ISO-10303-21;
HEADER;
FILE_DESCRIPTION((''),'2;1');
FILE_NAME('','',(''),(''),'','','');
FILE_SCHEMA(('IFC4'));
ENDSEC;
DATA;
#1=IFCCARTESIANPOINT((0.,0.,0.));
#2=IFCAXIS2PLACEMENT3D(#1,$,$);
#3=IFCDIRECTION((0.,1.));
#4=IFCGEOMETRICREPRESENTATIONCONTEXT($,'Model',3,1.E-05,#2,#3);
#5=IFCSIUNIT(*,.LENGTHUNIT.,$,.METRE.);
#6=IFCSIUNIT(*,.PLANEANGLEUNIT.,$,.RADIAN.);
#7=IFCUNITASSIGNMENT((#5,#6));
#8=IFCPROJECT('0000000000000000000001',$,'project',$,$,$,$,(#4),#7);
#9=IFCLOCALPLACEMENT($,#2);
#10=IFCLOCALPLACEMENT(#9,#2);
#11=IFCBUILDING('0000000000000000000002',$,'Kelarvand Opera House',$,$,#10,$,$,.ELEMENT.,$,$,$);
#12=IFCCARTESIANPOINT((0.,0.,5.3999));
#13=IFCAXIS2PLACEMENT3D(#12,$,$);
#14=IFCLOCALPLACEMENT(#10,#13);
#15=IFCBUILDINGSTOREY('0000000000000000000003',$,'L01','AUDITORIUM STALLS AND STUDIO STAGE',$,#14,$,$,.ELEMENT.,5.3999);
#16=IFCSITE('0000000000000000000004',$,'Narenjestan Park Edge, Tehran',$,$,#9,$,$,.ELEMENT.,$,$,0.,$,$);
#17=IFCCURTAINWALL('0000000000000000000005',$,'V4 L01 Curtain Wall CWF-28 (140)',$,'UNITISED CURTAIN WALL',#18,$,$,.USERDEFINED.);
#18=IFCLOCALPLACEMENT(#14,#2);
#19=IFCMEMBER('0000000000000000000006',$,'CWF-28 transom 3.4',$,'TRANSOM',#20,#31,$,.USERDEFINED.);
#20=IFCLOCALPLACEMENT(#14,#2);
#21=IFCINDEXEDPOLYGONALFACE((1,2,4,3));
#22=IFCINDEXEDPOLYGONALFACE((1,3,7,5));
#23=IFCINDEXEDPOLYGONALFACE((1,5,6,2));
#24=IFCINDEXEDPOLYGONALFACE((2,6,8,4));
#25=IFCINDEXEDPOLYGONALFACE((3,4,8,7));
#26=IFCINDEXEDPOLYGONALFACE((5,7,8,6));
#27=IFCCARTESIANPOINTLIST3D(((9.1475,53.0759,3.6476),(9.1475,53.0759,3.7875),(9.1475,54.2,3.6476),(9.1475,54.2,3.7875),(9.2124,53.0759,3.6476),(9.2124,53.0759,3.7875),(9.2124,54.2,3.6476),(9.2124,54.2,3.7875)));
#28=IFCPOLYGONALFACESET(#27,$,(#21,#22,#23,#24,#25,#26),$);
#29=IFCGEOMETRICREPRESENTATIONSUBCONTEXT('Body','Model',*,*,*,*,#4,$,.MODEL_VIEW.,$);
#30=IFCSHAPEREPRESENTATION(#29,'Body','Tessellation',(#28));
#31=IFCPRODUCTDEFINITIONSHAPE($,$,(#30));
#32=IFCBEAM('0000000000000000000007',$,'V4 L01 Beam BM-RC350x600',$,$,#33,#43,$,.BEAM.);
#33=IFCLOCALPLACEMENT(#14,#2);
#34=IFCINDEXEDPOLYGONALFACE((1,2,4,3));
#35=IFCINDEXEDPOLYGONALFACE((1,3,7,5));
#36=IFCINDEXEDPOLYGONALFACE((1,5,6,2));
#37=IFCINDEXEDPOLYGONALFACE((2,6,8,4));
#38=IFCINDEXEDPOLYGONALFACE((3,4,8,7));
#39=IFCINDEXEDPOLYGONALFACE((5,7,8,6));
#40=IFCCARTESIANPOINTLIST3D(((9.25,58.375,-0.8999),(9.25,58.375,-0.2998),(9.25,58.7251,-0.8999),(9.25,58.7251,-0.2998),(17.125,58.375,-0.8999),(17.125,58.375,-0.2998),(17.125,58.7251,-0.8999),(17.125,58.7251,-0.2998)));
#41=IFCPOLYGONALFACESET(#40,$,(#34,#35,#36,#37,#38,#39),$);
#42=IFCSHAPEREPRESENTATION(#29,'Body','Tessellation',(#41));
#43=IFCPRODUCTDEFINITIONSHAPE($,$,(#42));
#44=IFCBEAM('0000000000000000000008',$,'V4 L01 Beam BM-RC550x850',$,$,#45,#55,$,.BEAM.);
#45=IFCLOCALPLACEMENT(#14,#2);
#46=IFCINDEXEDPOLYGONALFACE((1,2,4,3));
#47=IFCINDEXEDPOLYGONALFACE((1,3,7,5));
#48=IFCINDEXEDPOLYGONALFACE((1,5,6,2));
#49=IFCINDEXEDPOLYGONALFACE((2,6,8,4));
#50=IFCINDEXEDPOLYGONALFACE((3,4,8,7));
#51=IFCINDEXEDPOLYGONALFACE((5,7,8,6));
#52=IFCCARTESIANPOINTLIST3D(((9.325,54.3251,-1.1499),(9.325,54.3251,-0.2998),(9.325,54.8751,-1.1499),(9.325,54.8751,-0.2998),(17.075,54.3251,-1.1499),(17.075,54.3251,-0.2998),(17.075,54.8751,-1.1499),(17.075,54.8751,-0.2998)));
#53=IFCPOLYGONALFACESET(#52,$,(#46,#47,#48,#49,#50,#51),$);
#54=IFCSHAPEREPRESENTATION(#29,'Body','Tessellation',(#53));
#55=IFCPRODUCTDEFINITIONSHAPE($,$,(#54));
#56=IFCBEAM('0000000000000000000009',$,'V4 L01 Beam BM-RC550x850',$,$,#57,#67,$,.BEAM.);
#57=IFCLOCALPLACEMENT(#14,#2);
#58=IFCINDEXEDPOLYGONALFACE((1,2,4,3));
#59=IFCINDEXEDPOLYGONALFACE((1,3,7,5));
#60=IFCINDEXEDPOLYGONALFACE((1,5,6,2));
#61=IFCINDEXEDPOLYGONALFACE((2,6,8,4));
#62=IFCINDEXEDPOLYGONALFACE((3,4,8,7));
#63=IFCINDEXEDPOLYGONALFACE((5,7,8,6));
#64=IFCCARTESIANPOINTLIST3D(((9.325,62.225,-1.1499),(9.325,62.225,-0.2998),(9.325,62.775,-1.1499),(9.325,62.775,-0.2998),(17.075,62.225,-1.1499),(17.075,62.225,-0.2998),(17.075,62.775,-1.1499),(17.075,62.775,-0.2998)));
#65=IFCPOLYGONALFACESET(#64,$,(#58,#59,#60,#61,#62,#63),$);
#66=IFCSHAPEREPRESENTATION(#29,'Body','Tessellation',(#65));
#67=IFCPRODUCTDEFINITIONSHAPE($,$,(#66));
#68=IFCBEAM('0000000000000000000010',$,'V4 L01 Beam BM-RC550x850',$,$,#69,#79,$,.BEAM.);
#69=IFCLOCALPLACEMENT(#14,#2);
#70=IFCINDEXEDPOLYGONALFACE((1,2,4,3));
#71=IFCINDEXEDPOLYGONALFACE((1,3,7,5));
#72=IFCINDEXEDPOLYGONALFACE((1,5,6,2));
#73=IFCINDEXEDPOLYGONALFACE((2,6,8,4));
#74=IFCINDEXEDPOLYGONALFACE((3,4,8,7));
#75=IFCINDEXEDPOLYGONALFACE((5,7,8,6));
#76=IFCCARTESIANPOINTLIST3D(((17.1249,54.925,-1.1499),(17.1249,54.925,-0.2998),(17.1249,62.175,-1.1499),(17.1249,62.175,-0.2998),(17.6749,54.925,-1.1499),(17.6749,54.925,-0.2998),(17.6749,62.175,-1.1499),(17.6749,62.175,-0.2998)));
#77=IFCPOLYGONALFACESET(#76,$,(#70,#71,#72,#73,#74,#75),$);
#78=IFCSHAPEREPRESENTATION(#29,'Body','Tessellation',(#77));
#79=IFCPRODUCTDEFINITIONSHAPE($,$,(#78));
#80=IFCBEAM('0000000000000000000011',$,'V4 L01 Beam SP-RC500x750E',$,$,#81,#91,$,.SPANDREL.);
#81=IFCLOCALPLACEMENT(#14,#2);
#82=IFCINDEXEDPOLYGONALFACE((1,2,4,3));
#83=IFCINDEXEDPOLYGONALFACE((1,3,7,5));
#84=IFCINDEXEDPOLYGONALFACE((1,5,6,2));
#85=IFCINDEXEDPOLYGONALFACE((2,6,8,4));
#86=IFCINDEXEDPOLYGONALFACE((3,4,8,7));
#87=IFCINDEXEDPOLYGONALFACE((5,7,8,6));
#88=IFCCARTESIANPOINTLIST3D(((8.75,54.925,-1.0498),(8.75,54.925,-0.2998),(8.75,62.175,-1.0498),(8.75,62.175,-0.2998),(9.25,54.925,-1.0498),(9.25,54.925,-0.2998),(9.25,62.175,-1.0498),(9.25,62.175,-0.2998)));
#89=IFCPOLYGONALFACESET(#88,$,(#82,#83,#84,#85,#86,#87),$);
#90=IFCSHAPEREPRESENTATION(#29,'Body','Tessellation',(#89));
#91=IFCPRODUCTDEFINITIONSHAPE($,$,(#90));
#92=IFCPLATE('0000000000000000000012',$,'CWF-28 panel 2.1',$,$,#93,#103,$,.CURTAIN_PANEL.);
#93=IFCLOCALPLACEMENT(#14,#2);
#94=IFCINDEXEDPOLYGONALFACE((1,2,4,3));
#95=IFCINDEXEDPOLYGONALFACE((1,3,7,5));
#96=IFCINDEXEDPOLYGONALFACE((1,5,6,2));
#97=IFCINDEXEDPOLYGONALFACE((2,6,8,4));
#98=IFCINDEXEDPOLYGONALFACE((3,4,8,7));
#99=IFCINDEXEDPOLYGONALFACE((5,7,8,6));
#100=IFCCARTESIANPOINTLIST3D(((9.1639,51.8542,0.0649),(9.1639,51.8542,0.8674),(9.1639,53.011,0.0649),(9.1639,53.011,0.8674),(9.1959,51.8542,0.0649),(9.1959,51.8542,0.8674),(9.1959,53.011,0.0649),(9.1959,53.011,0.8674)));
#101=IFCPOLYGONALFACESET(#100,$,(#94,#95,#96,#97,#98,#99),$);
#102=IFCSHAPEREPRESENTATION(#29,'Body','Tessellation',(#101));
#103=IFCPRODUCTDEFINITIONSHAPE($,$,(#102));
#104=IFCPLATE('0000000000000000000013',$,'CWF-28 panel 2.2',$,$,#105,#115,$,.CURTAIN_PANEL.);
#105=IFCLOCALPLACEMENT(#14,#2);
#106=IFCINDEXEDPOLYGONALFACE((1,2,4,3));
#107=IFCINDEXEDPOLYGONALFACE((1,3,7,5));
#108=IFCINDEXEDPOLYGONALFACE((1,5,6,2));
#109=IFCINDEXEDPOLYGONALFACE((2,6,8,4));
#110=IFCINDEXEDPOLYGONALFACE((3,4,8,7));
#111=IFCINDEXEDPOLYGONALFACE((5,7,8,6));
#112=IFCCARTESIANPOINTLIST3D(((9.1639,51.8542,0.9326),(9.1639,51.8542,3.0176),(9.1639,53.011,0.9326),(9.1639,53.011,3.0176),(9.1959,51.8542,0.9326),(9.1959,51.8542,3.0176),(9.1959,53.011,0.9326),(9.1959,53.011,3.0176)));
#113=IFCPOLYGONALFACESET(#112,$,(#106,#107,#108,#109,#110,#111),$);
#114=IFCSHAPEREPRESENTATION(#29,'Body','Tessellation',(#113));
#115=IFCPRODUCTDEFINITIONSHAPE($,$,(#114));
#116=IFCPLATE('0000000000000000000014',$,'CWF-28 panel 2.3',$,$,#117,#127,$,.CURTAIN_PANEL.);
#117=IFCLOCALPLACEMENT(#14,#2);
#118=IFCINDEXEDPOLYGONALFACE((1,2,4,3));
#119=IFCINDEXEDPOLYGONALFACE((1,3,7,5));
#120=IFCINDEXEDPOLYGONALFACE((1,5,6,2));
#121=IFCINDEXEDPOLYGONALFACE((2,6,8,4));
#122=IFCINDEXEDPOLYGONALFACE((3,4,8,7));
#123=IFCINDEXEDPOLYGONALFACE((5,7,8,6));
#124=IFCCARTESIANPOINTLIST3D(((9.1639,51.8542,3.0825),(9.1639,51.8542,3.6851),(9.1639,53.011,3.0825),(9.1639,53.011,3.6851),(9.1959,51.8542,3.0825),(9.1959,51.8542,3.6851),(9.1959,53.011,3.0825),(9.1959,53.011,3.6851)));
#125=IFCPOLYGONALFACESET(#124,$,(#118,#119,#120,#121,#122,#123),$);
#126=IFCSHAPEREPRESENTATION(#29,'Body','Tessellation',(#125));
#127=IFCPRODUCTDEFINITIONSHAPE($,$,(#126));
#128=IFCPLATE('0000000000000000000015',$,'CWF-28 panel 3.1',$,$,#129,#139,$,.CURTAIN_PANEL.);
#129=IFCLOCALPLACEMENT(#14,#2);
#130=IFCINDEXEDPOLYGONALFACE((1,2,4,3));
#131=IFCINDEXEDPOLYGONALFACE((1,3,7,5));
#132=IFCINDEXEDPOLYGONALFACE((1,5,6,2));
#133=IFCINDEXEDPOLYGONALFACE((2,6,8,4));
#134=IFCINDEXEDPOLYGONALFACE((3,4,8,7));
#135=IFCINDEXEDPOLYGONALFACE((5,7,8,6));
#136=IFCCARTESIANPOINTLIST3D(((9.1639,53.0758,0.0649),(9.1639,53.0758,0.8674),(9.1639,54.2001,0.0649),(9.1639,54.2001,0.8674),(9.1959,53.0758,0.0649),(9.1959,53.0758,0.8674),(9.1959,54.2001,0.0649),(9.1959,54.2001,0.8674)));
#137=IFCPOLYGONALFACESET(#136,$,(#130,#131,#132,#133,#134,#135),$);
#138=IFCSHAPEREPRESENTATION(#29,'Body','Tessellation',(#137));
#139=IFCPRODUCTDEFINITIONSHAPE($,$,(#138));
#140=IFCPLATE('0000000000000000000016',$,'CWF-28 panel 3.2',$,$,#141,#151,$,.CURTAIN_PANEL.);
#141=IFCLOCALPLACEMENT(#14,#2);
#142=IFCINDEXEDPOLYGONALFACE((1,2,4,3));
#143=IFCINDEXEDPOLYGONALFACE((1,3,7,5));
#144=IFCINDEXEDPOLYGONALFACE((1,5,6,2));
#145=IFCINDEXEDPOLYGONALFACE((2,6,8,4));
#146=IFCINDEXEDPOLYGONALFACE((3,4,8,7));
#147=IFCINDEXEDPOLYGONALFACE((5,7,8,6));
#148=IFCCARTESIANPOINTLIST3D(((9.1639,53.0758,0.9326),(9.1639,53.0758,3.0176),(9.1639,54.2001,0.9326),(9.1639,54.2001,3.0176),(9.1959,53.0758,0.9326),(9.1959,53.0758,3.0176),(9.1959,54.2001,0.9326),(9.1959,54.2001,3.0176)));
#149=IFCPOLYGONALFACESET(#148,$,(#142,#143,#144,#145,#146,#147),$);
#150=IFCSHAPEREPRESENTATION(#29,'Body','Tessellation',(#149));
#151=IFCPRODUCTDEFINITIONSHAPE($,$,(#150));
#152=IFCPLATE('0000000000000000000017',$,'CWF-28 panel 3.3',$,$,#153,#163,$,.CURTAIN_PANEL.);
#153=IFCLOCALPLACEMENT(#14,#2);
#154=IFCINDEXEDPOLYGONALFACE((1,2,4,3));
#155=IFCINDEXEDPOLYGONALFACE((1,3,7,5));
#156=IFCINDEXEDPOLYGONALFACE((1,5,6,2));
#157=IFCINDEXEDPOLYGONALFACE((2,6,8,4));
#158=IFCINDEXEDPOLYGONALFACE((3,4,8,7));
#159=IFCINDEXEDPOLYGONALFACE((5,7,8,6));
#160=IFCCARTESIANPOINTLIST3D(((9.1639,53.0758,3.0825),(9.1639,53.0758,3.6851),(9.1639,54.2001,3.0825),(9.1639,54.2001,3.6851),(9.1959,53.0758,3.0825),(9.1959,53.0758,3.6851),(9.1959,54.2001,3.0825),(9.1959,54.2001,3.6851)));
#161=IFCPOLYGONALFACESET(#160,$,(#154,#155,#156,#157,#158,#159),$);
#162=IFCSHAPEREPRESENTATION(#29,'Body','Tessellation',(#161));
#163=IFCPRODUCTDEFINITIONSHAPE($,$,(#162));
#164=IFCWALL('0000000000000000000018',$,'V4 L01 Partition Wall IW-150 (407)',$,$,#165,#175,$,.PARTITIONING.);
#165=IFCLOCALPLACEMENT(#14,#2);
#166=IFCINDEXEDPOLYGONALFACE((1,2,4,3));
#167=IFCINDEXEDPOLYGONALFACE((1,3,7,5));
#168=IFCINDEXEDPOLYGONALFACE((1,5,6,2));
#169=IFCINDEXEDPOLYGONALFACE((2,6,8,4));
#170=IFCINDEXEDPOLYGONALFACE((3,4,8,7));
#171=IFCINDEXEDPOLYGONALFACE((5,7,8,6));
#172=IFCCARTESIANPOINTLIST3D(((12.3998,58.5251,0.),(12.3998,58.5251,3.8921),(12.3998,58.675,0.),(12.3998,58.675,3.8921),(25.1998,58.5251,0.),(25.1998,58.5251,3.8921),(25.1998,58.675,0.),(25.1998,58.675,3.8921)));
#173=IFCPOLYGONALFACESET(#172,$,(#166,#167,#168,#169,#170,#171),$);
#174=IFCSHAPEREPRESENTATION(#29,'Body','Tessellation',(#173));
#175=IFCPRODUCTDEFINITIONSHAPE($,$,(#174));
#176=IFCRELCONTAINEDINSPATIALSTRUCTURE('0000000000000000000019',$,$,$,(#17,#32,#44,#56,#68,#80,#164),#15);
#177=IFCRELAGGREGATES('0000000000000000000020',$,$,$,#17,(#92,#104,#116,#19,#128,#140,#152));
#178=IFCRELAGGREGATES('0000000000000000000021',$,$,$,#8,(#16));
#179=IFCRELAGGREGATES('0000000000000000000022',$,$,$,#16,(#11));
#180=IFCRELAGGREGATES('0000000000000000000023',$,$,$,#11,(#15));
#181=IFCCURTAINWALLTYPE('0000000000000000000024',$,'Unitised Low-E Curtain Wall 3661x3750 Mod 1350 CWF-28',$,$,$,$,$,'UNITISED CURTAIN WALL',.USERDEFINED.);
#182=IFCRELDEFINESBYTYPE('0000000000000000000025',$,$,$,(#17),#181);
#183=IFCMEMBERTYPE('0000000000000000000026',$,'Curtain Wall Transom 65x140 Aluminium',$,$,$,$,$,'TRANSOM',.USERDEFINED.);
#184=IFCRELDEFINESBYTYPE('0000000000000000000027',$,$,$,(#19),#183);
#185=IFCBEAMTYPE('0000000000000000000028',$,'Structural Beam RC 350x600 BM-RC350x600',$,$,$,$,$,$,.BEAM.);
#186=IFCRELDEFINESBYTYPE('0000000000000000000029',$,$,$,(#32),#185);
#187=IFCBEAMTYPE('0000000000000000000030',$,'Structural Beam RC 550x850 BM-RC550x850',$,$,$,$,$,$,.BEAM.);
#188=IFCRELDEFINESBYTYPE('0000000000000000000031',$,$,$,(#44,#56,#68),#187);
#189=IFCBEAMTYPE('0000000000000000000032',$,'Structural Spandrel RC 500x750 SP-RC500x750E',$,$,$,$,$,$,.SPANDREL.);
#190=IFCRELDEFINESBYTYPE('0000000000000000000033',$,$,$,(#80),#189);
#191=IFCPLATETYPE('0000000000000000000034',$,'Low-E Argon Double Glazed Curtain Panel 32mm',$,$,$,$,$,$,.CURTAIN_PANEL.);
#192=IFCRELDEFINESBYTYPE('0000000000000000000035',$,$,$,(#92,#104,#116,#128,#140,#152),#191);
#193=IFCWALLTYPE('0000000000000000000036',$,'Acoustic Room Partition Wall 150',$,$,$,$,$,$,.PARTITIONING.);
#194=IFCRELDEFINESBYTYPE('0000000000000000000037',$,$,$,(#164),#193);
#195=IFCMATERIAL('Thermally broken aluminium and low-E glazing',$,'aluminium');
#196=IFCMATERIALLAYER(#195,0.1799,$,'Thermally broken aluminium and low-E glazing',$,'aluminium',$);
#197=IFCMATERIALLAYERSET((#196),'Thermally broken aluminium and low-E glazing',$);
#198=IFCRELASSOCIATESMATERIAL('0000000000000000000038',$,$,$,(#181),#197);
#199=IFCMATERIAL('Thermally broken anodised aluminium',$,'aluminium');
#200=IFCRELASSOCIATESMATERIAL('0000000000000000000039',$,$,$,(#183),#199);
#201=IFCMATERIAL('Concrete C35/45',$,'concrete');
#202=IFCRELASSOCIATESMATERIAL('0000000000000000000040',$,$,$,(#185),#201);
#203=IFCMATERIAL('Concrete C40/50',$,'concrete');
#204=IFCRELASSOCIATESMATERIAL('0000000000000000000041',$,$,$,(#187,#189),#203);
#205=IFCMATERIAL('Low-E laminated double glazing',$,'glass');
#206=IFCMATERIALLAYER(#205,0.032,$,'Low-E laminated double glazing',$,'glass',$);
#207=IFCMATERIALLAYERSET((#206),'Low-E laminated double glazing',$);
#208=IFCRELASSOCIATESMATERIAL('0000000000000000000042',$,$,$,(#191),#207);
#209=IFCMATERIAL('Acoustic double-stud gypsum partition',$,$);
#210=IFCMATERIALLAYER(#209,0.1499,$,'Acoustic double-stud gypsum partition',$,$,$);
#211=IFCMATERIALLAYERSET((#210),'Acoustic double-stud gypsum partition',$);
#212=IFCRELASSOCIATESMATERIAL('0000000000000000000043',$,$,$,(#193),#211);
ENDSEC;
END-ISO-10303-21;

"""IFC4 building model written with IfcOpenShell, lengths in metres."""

from ifc_helpers import new_model, si_unit, direction, frame, frame_2d, origin, origin_2d, place, context, subcontext, project, spatial, rectangle, extrude, material, layer, layer_set, material_profile, profile_set, type_object, element, aggregate, save


model = new_model("IFC4")

# Units and contexts
model_context = context("Model", 3, precision=1e-05, world=origin(), true_north=direction((0.0, 1.0)))
body_context = subcontext(model_context, "Body", "Model", "MODEL_VIEW")
ifc_project = project(units=[si_unit("LENGTHUNIT", "METRE"), si_unit("PLANEANGLEUNIT", "RADIAN")], contexts=[model_context])

# Site, building, storey
site_placement = place(None, origin())
site = spatial("IfcSite", under=ifc_project, at=site_placement, Name="Narenjestan Park Edge, Tehran", CompositionType="ELEMENT", RefElevation=0.0)
building_placement = place(site_placement, origin())
building = spatial("IfcBuilding", under=site, at=building_placement, Name="Kelarvand Opera House", CompositionType="ELEMENT")
storey_placement = place(building_placement, frame((0.0, 0.0, 5.3999)))
storey = spatial("IfcBuildingStorey", under=building, at=storey_placement, Name="L01", Description="AUDITORIUM STALLS AND STUDIO STAGE", CompositionType="ELEMENT", Elevation=5.3999)

# Shared definitions
ifc_material_1 = material(Name="Concrete C40/50", Category="concrete")

# Curtain wall, member
ifc_material_2 = material(Name="Thermally broken aluminium and low-E glazing", Category="aluminium")
ifc_layer_1 = layer(ifc_material_2, 0.1799, Name="Thermally broken aluminium and low-E glazing", Category="aluminium")
ifc_layer_set_1 = layer_set([ifc_layer_1], Name="Thermally broken aluminium and low-E glazing")
curtain_wall_type = type_object("IfcCurtainWallType", Name="Unitised Low-E Curtain Wall 3661x3750 Mod 1350 CWF-28", ElementType="UNITISED CURTAIN WALL", PredefinedType="USERDEFINED", material=ifc_layer_set_1)
curtain_wall_placement = place(storey_placement, origin())
curtain_wall = element("IfcCurtainWall", 1, at=curtain_wall_placement, inside=storey, type_object=curtain_wall_type, Name="V4 L01 Curtain Wall CWF-28 (140)", ObjectType="UNITISED CURTAIN WALL", PredefinedType="USERDEFINED")
ifc_material_3 = material(Name="Thermally broken anodised aluminium", Category="aluminium")
ifc_material_profile_1 = material_profile(ifc_material_3, rectangle(XDim=0.0649, YDim=0.1399, at=origin_2d()), Name="ALU TRANSOM 65x140", Category="aluminium")
ifc_profile_set_1 = profile_set([ifc_material_profile_1], Name="Thermally broken anodised aluminium")
member_type_1 = type_object("IfcMemberType", Name="Curtain Wall Transom 65x140 Aluminium", ElementType="TRANSOM", PredefinedType="USERDEFINED", material=ifc_profile_set_1)
member_1_placement = place(storey_placement, frame((9.1799, 53.0759, 3.7175), z_axis=(0.0, 1.0, 0.0), x_axis=(-1.0, 0.0, 0.0)))
member_1 = element("IfcMember", 2, at=member_1_placement, type_object=member_type_1, Name="CWF-28 transom 3.4", ObjectType="TRANSOM", PredefinedType="USERDEFINED", context=body_context, shape_type="SweptSolid", body=[
    extrude(rectangle(XDim=0.0649, YDim=0.1399, at=origin_2d()), origin(), (0.0, 0.0, 1.0), 1.124),
])

# Beams
ifc_material_4 = material(Name="Concrete C35/45", Category="concrete")
ifc_material_profile_2 = material_profile(ifc_material_4, rectangle(XDim=0.3501, YDim=0.6001, at=origin_2d()), Name="RC 350x600", Category="concrete")
ifc_profile_set_2 = profile_set([ifc_material_profile_2], Name="Concrete C35/45")
beam_type_1 = type_object("IfcBeamType", Name="Structural Beam RC 350x600 BM-RC350x600", PredefinedType="BEAM", material=ifc_profile_set_2)
beam_1_placement = place(storey_placement, frame((9.25, 58.55, -0.5999), z_axis=(1.0, 0.0, 0.0), x_axis=(0.0, 1.0, 0.0)))
element("IfcBeam", 3, at=beam_1_placement, inside=storey, type_object=beam_type_1, Name="V4 L01 Beam BM-RC350x600", PredefinedType="BEAM", context=body_context, shape_type="SweptSolid", body=[
    extrude(rectangle(XDim=0.3501, YDim=0.6001, at=origin_2d()), origin(), (0.0, 0.0, 1.0), 7.875),
])
ifc_material_profile_3 = material_profile(ifc_material_1, rectangle(XDim=0.55, YDim=0.8501, at=origin_2d()), Name="RC 550x850", Category="concrete")
ifc_profile_set_3 = profile_set([ifc_material_profile_3], Name="Concrete C40/50")
beam_type_2 = type_object("IfcBeamType", Name="Structural Beam RC 550x850 BM-RC550x850", PredefinedType="BEAM", material=ifc_profile_set_3)
for number, where, z_axis, x_axis, name in (
    (4, (9.325, 54.6001, -0.7249), (1.0, 0.0, 0.0), (0.0, 1.0, 0.0), "V4 L01 Beam BM-RC550x850"),
    (5, (9.325, 62.5, -0.7249), (1.0, 0.0, 0.0), (0.0, 1.0, 0.0), "V4 L01 Beam BM-RC550x850"),
):
    element("IfcBeam", number, at=place(storey_placement, frame(where, z_axis=z_axis, x_axis=x_axis)), inside=storey, type_object=beam_type_2, Name=name, PredefinedType="BEAM", context=body_context, shape_type="SweptSolid", body=[
        extrude(rectangle(XDim=0.55, YDim=0.8501, at=origin_2d()), origin(), (0.0, 0.0, 1.0), 7.75),
    ])
beam_2_placement = place(storey_placement, frame((17.3999, 54.925, -0.7249), z_axis=(0.0, 1.0, 0.0), x_axis=(-1.0, 0.0, 0.0)))
element("IfcBeam", 6, at=beam_2_placement, inside=storey, type_object=beam_type_2, Name="V4 L01 Beam BM-RC550x850", PredefinedType="BEAM", context=body_context, shape_type="SweptSolid", body=[
    extrude(rectangle(XDim=0.55, YDim=0.8501, at=origin_2d()), origin(), (0.0, 0.0, 1.0), 7.25),
])
ifc_material_profile_4 = material_profile(ifc_material_1, rectangle(XDim=0.5, YDim=0.75, at=origin_2d()), Name="RC 500x750", Category="concrete")
ifc_profile_set_4 = profile_set([ifc_material_profile_4], Name="Concrete C40/50")
beam_type_3 = type_object("IfcBeamType", Name="Structural Spandrel RC 500x750 SP-RC500x750E", PredefinedType="SPANDREL", material=ifc_profile_set_4)
beam_3_placement = place(storey_placement, frame((9.0, 54.925, -0.6748), z_axis=(0.0, 1.0, 0.0), x_axis=(-1.0, 0.0, 0.0)))
element("IfcBeam", 7, at=beam_3_placement, inside=storey, type_object=beam_type_3, Name="V4 L01 Beam SP-RC500x750E", PredefinedType="SPANDREL", context=body_context, shape_type="SweptSolid", body=[
    extrude(rectangle(XDim=0.5, YDim=0.75, at=origin_2d()), origin(), (0.0, 0.0, 1.0), 7.25),
])

# Plates
ifc_material_5 = material(Name="Low-E laminated double glazing", Category="glass")
ifc_layer_2 = layer(ifc_material_5, 0.032, Name="Low-E laminated double glazing", Category="glass")
ifc_layer_set_2 = layer_set([ifc_layer_2], Name="Low-E laminated double glazing")
plate_type = type_object("IfcPlateType", Name="Low-E Argon Double Glazed Curtain Panel 32mm", PredefinedType="CURTAIN_PANEL", material=ifc_layer_set_2)
plate_1_placement = place(storey_placement, frame((9.1799, 52.4326, 0.0649), z_axis=(0.0, 0.0, 1.0), x_axis=(0.0, 1.0, 0.0)))
plate_1 = element("IfcPlate", 8, at=plate_1_placement, type_object=plate_type, Name="CWF-28 panel 2.1", PredefinedType="CURTAIN_PANEL", context=body_context, shape_type="SweptSolid", body=[
    extrude(rectangle(XDim=1.1567, YDim=0.032, at=origin_2d()), origin(), (0.0, 0.0, 1.0), 0.8025),
])
plate_2_placement = place(storey_placement, frame((9.1799, 52.4326, 0.9326), z_axis=(0.0, 0.0, 1.0), x_axis=(0.0, 1.0, 0.0)))
plate_2 = element("IfcPlate", 9, at=plate_2_placement, type_object=plate_type, Name="CWF-28 panel 2.2", PredefinedType="CURTAIN_PANEL", context=body_context, shape_type="SweptSolid", body=[
    extrude(rectangle(XDim=1.1567, YDim=0.032, at=origin_2d()), origin(), (0.0, 0.0, 1.0), 2.085),
])
plate_3_placement = place(storey_placement, frame((9.1799, 52.4326, 3.0825), z_axis=(0.0, 0.0, 1.0), x_axis=(0.0, 1.0, 0.0)))
plate_3 = element("IfcPlate", 10, at=plate_3_placement, type_object=plate_type, Name="CWF-28 panel 2.3", PredefinedType="CURTAIN_PANEL", context=body_context, shape_type="SweptSolid", body=[
    extrude(rectangle(XDim=1.1567, YDim=0.032, at=origin_2d()), origin(), (0.0, 0.0, 1.0), 0.6025),
])
plate_4_placement = place(storey_placement, frame((9.1799, 53.6379, 0.0649), z_axis=(0.0, 0.0, 1.0), x_axis=(0.0, 1.0, 0.0)))
plate_4 = element("IfcPlate", 11, at=plate_4_placement, type_object=plate_type, Name="CWF-28 panel 3.1", PredefinedType="CURTAIN_PANEL", context=body_context, shape_type="SweptSolid", body=[
    extrude(rectangle(XDim=1.1243, YDim=0.032, at=origin_2d()), origin(), (0.0, 0.0, 1.0), 0.8025),
])
plate_5_placement = place(storey_placement, frame((9.1799, 53.6379, 0.9326), z_axis=(0.0, 0.0, 1.0), x_axis=(0.0, 1.0, 0.0)))
plate_5 = element("IfcPlate", 12, at=plate_5_placement, type_object=plate_type, Name="CWF-28 panel 3.2", PredefinedType="CURTAIN_PANEL", context=body_context, shape_type="SweptSolid", body=[
    extrude(rectangle(XDim=1.1243, YDim=0.032, at=origin_2d()), origin(), (0.0, 0.0, 1.0), 2.085),
])
plate_6_placement = place(storey_placement, frame((9.1799, 53.6379, 3.0825), z_axis=(0.0, 0.0, 1.0), x_axis=(0.0, 1.0, 0.0)))
plate_6 = element("IfcPlate", 13, at=plate_6_placement, type_object=plate_type, Name="CWF-28 panel 3.3", PredefinedType="CURTAIN_PANEL", context=body_context, shape_type="SweptSolid", body=[
    extrude(rectangle(XDim=1.1243, YDim=0.032, at=origin_2d()), origin(), (0.0, 0.0, 1.0), 0.6025),
])
aggregate(curtain_wall, [plate_1, plate_2, plate_3, member_1, plate_4, plate_5, plate_6])

# Wall
ifc_material_6 = material(Name="Acoustic double-stud gypsum partition")
ifc_layer_3 = layer(ifc_material_6, 0.1499, Name="Acoustic double-stud gypsum partition")
ifc_layer_set_3 = layer_set([ifc_layer_3], Name="Acoustic double-stud gypsum partition")
wall_type_1 = type_object("IfcWallType", Name="Acoustic Room Partition Wall 150", PredefinedType="PARTITIONING", material=ifc_layer_set_3)
wall_1_placement = place(storey_placement, frame((12.3999, 58.6001, 0.0), z_axis=(0.0, 0.0, 1.0), x_axis=(1.0, 0.0, 0.0)))
element("IfcWall", 14, at=wall_1_placement, inside=storey, type_object=wall_type_1, Name="V4 L01 Partition Wall IW-150 (407)", PredefinedType="PARTITIONING", context=body_context, shape_type="SweptSolid", body=[
    extrude(rectangle(XDim=12.8, YDim=0.1499, at=frame_2d((6.3999, 0.0))), origin(), (0.0, 0.0, 1.0), 3.8921),
])

save(model, "model.ifc")
